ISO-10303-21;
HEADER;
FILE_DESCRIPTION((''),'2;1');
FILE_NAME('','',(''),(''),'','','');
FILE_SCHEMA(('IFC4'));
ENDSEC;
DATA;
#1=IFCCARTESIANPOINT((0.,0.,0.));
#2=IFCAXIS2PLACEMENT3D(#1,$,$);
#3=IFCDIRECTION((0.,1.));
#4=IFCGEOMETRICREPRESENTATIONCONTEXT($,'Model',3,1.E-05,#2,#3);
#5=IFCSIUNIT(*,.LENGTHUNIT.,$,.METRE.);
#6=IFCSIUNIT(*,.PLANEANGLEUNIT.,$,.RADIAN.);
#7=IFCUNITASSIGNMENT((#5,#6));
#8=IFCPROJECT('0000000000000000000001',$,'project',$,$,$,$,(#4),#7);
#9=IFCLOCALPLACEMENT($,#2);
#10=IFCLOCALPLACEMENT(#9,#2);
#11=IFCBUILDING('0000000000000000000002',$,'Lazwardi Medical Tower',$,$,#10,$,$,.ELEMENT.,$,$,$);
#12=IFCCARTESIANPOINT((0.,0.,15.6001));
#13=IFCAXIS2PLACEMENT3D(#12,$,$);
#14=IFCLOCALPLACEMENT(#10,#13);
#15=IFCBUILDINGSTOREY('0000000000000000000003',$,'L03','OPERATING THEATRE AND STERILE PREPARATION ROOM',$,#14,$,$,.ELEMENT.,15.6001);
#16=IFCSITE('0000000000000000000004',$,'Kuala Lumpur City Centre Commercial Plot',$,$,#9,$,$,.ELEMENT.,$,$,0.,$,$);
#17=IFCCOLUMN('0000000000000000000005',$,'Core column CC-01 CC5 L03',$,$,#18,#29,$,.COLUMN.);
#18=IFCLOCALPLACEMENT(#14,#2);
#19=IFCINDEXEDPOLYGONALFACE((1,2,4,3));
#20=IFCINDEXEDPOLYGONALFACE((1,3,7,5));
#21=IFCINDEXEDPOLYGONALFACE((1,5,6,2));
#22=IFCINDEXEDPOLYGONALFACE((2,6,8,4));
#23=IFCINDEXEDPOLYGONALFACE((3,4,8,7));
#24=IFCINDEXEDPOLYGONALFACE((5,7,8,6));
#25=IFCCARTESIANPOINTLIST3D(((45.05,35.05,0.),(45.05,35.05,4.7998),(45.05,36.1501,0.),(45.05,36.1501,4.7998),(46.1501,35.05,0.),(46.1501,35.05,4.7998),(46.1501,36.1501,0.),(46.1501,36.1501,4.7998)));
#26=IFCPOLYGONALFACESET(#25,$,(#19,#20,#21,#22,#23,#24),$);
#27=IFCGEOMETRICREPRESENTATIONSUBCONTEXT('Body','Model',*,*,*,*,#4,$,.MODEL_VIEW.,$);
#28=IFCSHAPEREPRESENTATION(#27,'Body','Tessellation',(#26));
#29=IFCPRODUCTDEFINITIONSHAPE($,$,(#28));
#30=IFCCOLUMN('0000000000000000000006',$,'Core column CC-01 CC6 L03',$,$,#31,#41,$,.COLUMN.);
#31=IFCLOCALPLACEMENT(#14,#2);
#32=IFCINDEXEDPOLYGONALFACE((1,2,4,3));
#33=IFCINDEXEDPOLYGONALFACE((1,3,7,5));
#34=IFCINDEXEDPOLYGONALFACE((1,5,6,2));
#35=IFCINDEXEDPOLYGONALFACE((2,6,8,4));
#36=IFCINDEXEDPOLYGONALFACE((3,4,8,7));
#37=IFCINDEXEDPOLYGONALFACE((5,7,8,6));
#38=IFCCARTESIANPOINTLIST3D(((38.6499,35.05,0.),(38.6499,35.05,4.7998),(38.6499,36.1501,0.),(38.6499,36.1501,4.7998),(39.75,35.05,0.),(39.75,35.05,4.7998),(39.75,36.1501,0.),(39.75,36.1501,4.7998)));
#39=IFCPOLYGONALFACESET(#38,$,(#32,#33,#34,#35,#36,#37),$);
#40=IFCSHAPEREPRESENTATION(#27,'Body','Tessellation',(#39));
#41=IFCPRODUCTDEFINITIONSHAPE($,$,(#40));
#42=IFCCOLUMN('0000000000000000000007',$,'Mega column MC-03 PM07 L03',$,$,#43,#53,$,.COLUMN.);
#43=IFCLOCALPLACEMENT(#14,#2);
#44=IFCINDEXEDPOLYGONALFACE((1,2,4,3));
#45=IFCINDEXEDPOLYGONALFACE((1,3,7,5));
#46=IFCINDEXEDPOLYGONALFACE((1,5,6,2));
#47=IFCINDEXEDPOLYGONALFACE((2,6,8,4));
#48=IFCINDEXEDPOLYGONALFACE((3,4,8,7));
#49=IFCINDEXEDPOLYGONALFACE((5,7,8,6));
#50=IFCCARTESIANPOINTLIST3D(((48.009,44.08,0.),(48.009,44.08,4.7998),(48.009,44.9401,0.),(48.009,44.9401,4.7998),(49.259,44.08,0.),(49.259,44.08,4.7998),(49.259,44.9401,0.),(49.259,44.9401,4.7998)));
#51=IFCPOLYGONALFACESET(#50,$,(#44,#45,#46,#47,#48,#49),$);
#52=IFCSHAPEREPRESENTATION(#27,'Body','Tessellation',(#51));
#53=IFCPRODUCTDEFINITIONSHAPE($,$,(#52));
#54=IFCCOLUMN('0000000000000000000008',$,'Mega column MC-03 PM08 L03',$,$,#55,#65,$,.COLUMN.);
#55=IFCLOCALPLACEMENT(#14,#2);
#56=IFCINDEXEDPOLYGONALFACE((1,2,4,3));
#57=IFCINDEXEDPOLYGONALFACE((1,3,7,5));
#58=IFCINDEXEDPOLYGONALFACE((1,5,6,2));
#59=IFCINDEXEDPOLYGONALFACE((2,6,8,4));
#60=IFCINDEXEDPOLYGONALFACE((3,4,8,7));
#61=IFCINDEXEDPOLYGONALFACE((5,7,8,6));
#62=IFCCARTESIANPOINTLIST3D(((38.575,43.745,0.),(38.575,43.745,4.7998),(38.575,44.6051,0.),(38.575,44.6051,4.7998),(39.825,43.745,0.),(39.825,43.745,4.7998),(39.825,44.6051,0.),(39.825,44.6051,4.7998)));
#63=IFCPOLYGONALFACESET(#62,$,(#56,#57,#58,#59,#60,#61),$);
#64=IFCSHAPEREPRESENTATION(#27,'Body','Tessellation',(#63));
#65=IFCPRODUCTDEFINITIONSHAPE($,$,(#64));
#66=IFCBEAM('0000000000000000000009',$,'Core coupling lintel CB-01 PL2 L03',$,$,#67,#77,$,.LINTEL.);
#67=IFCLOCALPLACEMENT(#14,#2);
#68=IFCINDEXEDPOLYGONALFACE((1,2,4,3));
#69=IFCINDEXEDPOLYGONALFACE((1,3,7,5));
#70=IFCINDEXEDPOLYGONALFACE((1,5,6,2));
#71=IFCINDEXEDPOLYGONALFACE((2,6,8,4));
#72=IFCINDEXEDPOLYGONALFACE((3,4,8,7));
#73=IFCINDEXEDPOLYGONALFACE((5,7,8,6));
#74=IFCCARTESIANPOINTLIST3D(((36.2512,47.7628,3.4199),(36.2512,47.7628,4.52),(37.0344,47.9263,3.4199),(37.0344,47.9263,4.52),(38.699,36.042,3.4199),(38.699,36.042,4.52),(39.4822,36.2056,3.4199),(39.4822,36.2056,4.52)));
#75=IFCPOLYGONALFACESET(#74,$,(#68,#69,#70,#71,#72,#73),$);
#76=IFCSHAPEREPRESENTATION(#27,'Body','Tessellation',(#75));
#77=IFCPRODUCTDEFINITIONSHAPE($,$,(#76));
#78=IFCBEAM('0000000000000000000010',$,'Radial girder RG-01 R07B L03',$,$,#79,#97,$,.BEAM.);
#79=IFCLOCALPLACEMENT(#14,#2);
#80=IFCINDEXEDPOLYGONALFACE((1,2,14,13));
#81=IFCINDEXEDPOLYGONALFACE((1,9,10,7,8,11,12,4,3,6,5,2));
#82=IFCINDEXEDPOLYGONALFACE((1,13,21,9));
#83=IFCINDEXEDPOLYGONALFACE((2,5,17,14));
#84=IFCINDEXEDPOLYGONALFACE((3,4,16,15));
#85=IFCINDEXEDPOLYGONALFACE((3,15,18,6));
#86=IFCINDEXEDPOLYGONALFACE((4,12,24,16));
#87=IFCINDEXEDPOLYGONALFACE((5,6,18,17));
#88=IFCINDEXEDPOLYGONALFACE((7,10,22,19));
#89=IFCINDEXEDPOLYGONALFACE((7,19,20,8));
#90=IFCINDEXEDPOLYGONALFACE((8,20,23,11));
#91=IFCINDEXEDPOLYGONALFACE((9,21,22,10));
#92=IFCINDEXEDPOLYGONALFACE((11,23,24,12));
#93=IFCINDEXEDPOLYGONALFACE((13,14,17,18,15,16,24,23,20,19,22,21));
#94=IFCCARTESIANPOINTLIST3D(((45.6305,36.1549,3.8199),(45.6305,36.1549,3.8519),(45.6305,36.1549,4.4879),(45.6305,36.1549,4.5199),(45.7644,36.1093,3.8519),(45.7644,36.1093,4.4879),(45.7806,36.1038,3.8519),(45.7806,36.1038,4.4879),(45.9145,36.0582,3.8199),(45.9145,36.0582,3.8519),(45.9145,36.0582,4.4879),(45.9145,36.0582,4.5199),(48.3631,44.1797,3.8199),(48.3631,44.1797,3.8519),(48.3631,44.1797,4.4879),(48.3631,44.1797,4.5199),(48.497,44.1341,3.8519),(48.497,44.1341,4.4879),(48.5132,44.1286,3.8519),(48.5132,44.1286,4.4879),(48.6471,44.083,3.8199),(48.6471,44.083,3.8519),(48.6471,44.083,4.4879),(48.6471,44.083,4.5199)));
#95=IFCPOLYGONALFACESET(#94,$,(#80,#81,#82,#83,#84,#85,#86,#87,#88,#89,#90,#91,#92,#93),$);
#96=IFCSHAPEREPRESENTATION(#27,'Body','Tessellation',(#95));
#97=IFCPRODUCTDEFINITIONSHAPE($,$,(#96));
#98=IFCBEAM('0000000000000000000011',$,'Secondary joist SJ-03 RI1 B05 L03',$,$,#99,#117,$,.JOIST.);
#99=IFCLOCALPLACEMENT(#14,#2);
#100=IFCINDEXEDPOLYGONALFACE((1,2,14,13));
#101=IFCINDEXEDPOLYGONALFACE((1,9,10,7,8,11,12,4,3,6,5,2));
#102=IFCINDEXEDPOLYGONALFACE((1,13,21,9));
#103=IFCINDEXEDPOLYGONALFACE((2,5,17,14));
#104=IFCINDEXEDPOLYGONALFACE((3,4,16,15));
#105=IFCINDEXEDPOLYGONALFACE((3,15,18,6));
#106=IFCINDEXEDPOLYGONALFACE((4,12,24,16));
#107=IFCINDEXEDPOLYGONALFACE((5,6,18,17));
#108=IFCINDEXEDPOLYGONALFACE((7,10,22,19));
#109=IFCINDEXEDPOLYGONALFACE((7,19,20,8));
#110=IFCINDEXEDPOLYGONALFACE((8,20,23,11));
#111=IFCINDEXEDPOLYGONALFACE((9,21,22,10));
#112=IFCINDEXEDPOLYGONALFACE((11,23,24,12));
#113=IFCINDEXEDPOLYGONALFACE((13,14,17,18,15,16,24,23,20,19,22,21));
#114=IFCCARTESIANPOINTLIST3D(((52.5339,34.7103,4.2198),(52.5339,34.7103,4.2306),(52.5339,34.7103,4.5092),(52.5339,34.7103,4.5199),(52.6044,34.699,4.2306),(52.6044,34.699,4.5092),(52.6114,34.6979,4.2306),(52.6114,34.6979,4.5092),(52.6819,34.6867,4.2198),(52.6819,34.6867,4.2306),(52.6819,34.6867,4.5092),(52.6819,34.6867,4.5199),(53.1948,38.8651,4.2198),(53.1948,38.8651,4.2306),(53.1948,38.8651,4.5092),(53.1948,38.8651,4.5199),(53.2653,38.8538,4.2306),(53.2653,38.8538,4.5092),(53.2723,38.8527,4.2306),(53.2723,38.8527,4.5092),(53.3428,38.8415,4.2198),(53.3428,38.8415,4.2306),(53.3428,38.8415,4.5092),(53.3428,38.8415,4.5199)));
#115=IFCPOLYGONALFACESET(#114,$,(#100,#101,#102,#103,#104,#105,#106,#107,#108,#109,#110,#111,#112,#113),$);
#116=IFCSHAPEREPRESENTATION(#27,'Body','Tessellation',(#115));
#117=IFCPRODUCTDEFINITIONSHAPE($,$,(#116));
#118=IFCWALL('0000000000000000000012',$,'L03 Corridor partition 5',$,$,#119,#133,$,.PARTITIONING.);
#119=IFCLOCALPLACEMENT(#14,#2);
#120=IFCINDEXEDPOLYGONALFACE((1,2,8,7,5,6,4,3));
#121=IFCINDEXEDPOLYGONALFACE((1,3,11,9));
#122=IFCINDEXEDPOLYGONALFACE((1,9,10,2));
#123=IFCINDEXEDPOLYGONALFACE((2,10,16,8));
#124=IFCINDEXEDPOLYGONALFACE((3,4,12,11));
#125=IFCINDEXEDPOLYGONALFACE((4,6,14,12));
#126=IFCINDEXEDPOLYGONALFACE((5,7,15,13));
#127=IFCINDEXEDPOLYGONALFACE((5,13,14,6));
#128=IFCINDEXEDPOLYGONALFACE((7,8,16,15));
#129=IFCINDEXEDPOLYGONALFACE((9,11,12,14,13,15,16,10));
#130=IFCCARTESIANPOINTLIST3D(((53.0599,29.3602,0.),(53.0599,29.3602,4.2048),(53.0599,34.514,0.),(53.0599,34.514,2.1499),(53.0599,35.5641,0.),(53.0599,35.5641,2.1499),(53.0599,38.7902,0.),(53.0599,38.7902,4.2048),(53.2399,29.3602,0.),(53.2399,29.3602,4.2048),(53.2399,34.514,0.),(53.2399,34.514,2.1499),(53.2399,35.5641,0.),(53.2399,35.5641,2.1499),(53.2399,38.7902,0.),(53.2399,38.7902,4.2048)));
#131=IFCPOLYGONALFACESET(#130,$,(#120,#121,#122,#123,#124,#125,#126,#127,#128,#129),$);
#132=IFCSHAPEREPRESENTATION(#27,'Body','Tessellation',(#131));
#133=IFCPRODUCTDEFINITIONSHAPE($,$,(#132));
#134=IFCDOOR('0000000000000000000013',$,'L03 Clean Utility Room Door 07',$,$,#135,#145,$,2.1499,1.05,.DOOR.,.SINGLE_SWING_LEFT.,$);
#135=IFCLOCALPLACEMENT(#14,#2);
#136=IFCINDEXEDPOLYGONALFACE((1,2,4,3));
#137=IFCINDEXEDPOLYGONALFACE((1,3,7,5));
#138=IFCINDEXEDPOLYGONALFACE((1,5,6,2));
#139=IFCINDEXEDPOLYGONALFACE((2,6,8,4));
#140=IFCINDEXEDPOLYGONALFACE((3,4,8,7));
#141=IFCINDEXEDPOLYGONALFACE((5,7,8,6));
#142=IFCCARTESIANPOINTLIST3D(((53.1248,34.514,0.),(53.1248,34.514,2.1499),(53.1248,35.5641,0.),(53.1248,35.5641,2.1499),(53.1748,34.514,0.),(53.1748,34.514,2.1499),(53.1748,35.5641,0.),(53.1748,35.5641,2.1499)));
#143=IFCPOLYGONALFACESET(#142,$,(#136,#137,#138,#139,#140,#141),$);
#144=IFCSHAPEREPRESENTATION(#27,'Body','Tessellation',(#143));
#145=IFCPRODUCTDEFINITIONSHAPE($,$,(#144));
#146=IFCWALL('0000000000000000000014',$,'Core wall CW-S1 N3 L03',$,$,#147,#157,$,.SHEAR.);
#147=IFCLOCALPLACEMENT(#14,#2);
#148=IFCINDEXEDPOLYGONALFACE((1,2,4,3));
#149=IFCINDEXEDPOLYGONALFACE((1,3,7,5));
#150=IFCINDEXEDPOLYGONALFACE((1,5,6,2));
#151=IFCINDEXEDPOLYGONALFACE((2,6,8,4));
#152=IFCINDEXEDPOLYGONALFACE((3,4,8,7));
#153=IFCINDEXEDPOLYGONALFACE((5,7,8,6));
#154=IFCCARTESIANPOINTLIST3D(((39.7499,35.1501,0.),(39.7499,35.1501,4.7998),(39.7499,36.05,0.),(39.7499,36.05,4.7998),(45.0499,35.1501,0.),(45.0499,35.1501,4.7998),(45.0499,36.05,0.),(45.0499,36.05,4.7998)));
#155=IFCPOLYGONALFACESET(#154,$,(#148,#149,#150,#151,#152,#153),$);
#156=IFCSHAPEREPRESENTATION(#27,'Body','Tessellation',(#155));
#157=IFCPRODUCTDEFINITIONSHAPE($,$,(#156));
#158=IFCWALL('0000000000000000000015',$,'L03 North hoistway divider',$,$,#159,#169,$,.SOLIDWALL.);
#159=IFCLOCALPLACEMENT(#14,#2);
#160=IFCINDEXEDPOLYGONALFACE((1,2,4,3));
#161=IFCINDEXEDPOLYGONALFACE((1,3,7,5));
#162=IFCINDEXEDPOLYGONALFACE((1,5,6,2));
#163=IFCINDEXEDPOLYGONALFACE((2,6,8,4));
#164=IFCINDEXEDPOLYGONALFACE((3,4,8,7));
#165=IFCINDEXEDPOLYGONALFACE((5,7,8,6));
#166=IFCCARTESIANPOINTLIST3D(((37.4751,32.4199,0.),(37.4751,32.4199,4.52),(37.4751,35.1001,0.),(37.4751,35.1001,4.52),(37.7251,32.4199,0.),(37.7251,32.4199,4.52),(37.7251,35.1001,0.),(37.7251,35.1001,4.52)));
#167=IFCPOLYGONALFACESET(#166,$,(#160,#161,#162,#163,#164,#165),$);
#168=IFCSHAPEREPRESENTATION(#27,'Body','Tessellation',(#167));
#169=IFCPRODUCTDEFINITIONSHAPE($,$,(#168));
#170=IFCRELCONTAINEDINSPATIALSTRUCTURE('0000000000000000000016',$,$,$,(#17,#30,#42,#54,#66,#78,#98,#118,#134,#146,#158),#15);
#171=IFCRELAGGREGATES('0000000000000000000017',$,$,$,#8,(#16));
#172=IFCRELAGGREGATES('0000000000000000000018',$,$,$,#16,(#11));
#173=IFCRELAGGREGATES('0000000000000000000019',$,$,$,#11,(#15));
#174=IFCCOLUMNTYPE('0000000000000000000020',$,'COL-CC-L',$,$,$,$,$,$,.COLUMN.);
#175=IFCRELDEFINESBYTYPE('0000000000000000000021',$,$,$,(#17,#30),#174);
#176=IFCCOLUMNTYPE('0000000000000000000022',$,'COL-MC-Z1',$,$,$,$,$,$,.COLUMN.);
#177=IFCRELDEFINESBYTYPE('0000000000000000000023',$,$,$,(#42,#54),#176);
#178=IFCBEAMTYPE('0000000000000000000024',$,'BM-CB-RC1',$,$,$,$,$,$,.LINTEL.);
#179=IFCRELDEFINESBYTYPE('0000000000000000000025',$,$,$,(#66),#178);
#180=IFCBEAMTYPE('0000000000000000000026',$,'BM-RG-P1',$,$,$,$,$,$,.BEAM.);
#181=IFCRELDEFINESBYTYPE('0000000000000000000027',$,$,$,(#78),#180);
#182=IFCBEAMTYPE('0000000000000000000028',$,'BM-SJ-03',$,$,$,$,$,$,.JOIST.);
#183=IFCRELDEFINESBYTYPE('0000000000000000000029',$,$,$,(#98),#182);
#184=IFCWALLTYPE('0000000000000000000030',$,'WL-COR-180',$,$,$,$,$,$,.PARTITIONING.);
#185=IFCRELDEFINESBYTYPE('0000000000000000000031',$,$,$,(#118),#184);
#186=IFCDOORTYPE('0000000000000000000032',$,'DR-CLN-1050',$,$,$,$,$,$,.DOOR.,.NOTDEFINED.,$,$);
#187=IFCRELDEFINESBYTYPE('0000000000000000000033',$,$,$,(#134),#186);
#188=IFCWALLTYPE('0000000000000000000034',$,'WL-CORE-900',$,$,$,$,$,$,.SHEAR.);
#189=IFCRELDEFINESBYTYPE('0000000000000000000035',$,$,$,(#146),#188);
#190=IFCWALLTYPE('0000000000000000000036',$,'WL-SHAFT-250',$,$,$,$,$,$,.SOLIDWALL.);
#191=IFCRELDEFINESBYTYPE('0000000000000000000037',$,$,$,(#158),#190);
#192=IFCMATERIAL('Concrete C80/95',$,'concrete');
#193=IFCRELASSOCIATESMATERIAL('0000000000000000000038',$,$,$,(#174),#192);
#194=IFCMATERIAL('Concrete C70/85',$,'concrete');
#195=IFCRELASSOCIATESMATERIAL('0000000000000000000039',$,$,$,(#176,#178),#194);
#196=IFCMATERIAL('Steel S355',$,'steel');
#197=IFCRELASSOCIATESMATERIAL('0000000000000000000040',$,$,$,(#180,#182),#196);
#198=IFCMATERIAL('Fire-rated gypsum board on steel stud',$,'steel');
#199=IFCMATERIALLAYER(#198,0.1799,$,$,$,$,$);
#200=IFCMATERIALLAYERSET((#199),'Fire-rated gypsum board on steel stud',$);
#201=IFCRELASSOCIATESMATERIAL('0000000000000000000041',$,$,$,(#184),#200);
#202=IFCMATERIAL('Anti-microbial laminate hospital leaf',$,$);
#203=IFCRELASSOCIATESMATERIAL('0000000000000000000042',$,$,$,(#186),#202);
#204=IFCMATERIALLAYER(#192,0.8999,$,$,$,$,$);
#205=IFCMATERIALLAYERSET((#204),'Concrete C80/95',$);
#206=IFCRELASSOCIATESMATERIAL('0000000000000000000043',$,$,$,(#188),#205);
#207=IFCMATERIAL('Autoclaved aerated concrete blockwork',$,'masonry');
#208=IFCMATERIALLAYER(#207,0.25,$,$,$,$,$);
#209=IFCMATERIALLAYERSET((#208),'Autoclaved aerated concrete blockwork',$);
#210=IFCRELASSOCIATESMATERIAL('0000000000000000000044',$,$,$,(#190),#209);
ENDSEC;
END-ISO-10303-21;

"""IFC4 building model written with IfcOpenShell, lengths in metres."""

from ifc_helpers import new_model, si_unit, direction, frame, frame_2d, origin, origin_2d, place, context, subcontext, project, spatial, rectangle, i_section, extrude, material, layer, layer_set, material_profile, profile_set, type_object, element, fill, save


model = new_model("IFC4")

# Units and contexts
model_context = context("Model", 3, precision=1e-05, world=origin(), true_north=direction((0.0, 1.0)))
body_context = subcontext(model_context, "Body", "Model", "MODEL_VIEW")
ifc_project = project(units=[si_unit("LENGTHUNIT", "METRE"), si_unit("PLANEANGLEUNIT", "RADIAN")], contexts=[model_context])

# Site, building, storey
site_placement = place(None, origin())
site = spatial("IfcSite", under=ifc_project, at=site_placement, Name="Kuala Lumpur City Centre Commercial Plot", CompositionType="ELEMENT", RefElevation=0.0)
building_placement = place(site_placement, origin())
building = spatial("IfcBuilding", under=site, at=building_placement, Name="Lazwardi Medical Tower", CompositionType="ELEMENT")
storey_placement = place(building_placement, frame((0.0, 0.0, 15.6001)))
storey = spatial("IfcBuildingStorey", under=building, at=storey_placement, Name="L03", Description="OPERATING THEATRE AND STERILE PREPARATION ROOM", CompositionType="ELEMENT", Elevation=15.6001)

# Columns
ifc_material_1 = material(Name="Concrete C80/95", Category="concrete")
ifc_material_profile_1 = material_profile(ifc_material_1, rectangle(XDim=1.1001, YDim=1.1001, at=origin_2d()), Name="RC 1100x1100")
ifc_profile_set_1 = profile_set([ifc_material_profile_1], Name="Concrete C80/95")
column_type_1 = type_object("IfcColumnType", Name="COL-CC-L", PredefinedType="COLUMN", material=ifc_profile_set_1)
for number, where, z_axis, x_axis, name in (
    (1, (45.6001, 35.6001, 0.0), (0.0, 0.0, 1.0), (1.0, 0.0, 0.0), "Core column CC-01 CC5 L03"),
    (2, (39.2, 35.6001, 0.0), (0.0, 0.0, 1.0), (1.0, 0.0, 0.0), "Core column CC-01 CC6 L03"),
):
    element("IfcColumn", number, at=place(storey_placement, frame(where, z_axis=z_axis, x_axis=x_axis)), inside=storey, type_object=column_type_1, Name=name, PredefinedType="COLUMN", context=body_context, shape_type="SweptSolid", body=[
        extrude(rectangle(XDim=1.1001, YDim=1.1001, at=origin_2d()), origin(), (0.0, 0.0, 1.0), 4.7998),
    ])
ifc_material_2 = material(Name="Concrete C70/85", Category="concrete")
ifc_material_profile_2 = material_profile(ifc_material_2, rectangle(XDim=1.25, YDim=0.8601, at=origin_2d()), Name="CFT-RECT 1250x860")
ifc_profile_set_2 = profile_set([ifc_material_profile_2], Name="Concrete C70/85")
column_type_2 = type_object("IfcColumnType", Name="COL-MC-Z1", PredefinedType="COLUMN", material=ifc_profile_set_2)
for number, where, z_axis, x_axis, name in (
    (3, (48.634, 44.51, 0.0), (0.0, 0.0, 1.0), (1.0, 0.0, 0.0), "Mega column MC-03 PM07 L03"),
    (4, (39.2, 44.175, 0.0), (0.0, 0.0, 1.0), (1.0, 0.0, 0.0), "Mega column MC-03 PM08 L03"),
):
    element("IfcColumn", number, at=place(storey_placement, frame(where, z_axis=z_axis, x_axis=x_axis)), inside=storey, type_object=column_type_2, Name=name, PredefinedType="COLUMN", context=body_context, shape_type="SweptSolid", body=[
        extrude(rectangle(XDim=1.25, YDim=0.8601, at=origin_2d()), origin(), (0.0, 0.0, 1.0), 4.7998),
    ])

# Beams
ifc_material_profile_3 = material_profile(ifc_material_2, rectangle(XDim=0.8, YDim=1.1001, at=origin_2d()), Name="RC 800x1100")
ifc_profile_set_3 = profile_set([ifc_material_profile_3], Name="Concrete C70/85")
beam_type_1 = type_object("IfcBeamType", Name="BM-CB-RC1", PredefinedType="LINTEL", material=ifc_profile_set_3)
beam_1_placement = place(storey_placement, frame((39.0906, 36.1238, 3.97), z_axis=(-0.20443, 0.978881, 0.0), x_axis=(-0.978881, -0.20443, 0.0)))
element("IfcBeam", 5, at=beam_1_placement, inside=storey, type_object=beam_type_1, Name="Core coupling lintel CB-01 PL2 L03", PredefinedType="LINTEL", context=body_context, shape_type="SweptSolid", body=[
    extrude(rectangle(XDim=0.8, YDim=1.1001, at=origin_2d()), origin(), (0.0, 0.0, 1.0), 11.9736),
])
ifc_material_3 = material(Name="Steel S355", Category="steel")
ifc_material_profile_4 = material_profile(ifc_material_3, i_section(OverallWidth=0.3, OverallDepth=0.7, WebThickness=0.0171, FlangeThickness=0.032, at=origin_2d()), Name="HEB 700")
ifc_profile_set_4 = profile_set([ifc_material_profile_4], Name="Steel S355")
beam_type_2 = type_object("IfcBeamType", Name="BM-RG-P1", PredefinedType="BEAM", material=ifc_profile_set_4)
beam_2_placement = place(storey_placement, frame((48.5051, 44.1313, 4.1699), z_axis=(-0.322347, -0.946622, 0.0), x_axis=(0.946622, -0.322347, 0.0)))
element("IfcBeam", 6, at=beam_2_placement, inside=storey, type_object=beam_type_2, Name="Radial girder RG-01 R07B L03", PredefinedType="BEAM", context=body_context, shape_type="SweptSolid", body=[
    extrude(i_section(OverallWidth=0.3, OverallDepth=0.7, WebThickness=0.0171, FlangeThickness=0.032, at=origin_2d()), origin(), (0.0, 0.0, 1.0), 8.4773),
])
ifc_material_profile_5 = material_profile(ifc_material_3, i_section(OverallWidth=0.1499, OverallDepth=0.3, WebThickness=0.0071, FlangeThickness=0.0107, at=origin_2d()), Name="IPE 300")
ifc_profile_set_5 = profile_set([ifc_material_profile_5], Name="Steel S355")
beam_type_3 = type_object("IfcBeamType", Name="BM-SJ-03", PredefinedType="JOIST", material=ifc_profile_set_5)
beam_3_placement = place(storey_placement, frame((52.6079, 34.6985, 4.3699), z_axis=(0.157092, 0.987584, 0.0), x_axis=(-0.987584, 0.157092, 0.0)))
element("IfcBeam", 7, at=beam_3_placement, inside=storey, type_object=beam_type_3, Name="Secondary joist SJ-03 RI1 B05 L03", PredefinedType="JOIST", context=body_context, shape_type="SweptSolid", body=[
    extrude(i_section(OverallWidth=0.1499, OverallDepth=0.3, WebThickness=0.0071, FlangeThickness=0.0107, at=origin_2d()), origin(), (0.0, 0.0, 1.0), 4.207),
])

# Wall, opening, door
ifc_material_4 = material(Name="Fire-rated gypsum board on steel stud", Category="steel")
ifc_layer_1 = layer(ifc_material_4, 0.1799)
ifc_layer_set_1 = layer_set([ifc_layer_1], Name="Fire-rated gypsum board on steel stud")
wall_type_1 = type_object("IfcWallType", Name="WL-COR-180", PredefinedType="PARTITIONING", material=ifc_layer_set_1)
wall_1_placement = place(storey_placement, frame((53.1499, 38.79, 0.0), z_axis=(0.0, 0.0, 1.0), x_axis=(0.0, -1.0, 0.0)))
wall_1 = element("IfcWall", 8, at=wall_1_placement, inside=storey, type_object=wall_type_1, Name="L03 Corridor partition 5", PredefinedType="PARTITIONING", context=body_context, shape_type="SweptSolid", body=[
    extrude(rectangle(XDim=9.4299, YDim=0.1799, at=frame_2d((4.7148, 0.0))), origin(), (0.0, 0.0, 1.0), 4.2048),
])
opening_1_placement = place(wall_1_placement, frame((3.2261, 0.0, 0.0)))
opening_1 = element("IfcOpeningElement", 9, at=opening_1_placement, cuts=wall_1, PredefinedType="OPENING", context=body_context, shape_type="SweptSolid", body=[
    extrude(rectangle(XDim=1.05, YDim=2.1499, at=frame_2d((0.5249, 1.075))), frame((0.0, 0.0999, 0.0), z_axis=(0.0, -1.0, 0.0), x_axis=(1.0, 0.0, 0.0)), (0.0, 0.0, 1.0), 0.2),
])
ifc_material_5 = material(Name="Anti-microbial laminate hospital leaf")
door_type_1 = type_object("IfcDoorType", Name="DR-CLN-1050", OperationType="NOTDEFINED", PredefinedType="DOOR", material=ifc_material_5)
door_1_placement = place(opening_1_placement, origin())
door_1 = element("IfcDoor", 10, at=door_1_placement, inside=storey, type_object=door_type_1, Name="L03 Clean Utility Room Door 07", OperationType="SINGLE_SWING_LEFT", OverallHeight=2.1499, OverallWidth=1.05, PredefinedType="DOOR", context=body_context, shape_type="SweptSolid", body=[
    extrude(rectangle(XDim=1.05, YDim=2.1499, at=frame_2d((0.5249, 1.075))), frame((0.0, 0.0249, 0.0), z_axis=(0.0, -1.0, 0.0), x_axis=(1.0, 0.0, 0.0)), (0.0, 0.0, 1.0), 0.05),
])
fill(opening_1, door_1)

# Walls
ifc_layer_2 = layer(ifc_material_1, 0.8999)
ifc_layer_set_2 = layer_set([ifc_layer_2], Name="Concrete C80/95")
wall_type_2 = type_object("IfcWallType", Name="WL-CORE-900", PredefinedType="SHEAR", material=ifc_layer_set_2)
wall_2_placement = place(storey_placement, frame((39.75, 35.6001, 0.0), z_axis=(0.0, 0.0, 1.0), x_axis=(1.0, 0.0, 0.0)))
element("IfcWall", 11, at=wall_2_placement, inside=storey, type_object=wall_type_2, Name="Core wall CW-S1 N3 L03", PredefinedType="SHEAR", context=body_context, shape_type="SweptSolid", body=[
    extrude(rectangle(XDim=5.3, YDim=0.8999, at=frame_2d((2.6499, 0.0))), origin(), (0.0, 0.0, 1.0), 4.7998),
])
ifc_material_6 = material(Name="Autoclaved aerated concrete blockwork", Category="masonry")
ifc_layer_3 = layer(ifc_material_6, 0.25)
ifc_layer_set_3 = layer_set([ifc_layer_3], Name="Autoclaved aerated concrete blockwork")
wall_type_3 = type_object("IfcWallType", Name="WL-SHAFT-250", PredefinedType="SOLIDWALL", material=ifc_layer_set_3)
for number, where, z_axis, x_axis, name in (
    (12, (37.6001, 32.4199, 0.0), (0.0, 0.0, 1.0), (0.0, 1.0, 0.0), "L03 North hoistway divider"),
):
    element("IfcWall", number, at=place(storey_placement, frame(where, z_axis=z_axis, x_axis=x_axis)), inside=storey, type_object=wall_type_3, Name=name, PredefinedType="SOLIDWALL", context=body_context, shape_type="SweptSolid", body=[
        extrude(rectangle(XDim=2.6802, YDim=0.25, at=frame_2d((1.3401, 0.0))), origin(), (0.0, 0.0, 1.0), 4.52),
    ])

save(model, "model.ifc")
